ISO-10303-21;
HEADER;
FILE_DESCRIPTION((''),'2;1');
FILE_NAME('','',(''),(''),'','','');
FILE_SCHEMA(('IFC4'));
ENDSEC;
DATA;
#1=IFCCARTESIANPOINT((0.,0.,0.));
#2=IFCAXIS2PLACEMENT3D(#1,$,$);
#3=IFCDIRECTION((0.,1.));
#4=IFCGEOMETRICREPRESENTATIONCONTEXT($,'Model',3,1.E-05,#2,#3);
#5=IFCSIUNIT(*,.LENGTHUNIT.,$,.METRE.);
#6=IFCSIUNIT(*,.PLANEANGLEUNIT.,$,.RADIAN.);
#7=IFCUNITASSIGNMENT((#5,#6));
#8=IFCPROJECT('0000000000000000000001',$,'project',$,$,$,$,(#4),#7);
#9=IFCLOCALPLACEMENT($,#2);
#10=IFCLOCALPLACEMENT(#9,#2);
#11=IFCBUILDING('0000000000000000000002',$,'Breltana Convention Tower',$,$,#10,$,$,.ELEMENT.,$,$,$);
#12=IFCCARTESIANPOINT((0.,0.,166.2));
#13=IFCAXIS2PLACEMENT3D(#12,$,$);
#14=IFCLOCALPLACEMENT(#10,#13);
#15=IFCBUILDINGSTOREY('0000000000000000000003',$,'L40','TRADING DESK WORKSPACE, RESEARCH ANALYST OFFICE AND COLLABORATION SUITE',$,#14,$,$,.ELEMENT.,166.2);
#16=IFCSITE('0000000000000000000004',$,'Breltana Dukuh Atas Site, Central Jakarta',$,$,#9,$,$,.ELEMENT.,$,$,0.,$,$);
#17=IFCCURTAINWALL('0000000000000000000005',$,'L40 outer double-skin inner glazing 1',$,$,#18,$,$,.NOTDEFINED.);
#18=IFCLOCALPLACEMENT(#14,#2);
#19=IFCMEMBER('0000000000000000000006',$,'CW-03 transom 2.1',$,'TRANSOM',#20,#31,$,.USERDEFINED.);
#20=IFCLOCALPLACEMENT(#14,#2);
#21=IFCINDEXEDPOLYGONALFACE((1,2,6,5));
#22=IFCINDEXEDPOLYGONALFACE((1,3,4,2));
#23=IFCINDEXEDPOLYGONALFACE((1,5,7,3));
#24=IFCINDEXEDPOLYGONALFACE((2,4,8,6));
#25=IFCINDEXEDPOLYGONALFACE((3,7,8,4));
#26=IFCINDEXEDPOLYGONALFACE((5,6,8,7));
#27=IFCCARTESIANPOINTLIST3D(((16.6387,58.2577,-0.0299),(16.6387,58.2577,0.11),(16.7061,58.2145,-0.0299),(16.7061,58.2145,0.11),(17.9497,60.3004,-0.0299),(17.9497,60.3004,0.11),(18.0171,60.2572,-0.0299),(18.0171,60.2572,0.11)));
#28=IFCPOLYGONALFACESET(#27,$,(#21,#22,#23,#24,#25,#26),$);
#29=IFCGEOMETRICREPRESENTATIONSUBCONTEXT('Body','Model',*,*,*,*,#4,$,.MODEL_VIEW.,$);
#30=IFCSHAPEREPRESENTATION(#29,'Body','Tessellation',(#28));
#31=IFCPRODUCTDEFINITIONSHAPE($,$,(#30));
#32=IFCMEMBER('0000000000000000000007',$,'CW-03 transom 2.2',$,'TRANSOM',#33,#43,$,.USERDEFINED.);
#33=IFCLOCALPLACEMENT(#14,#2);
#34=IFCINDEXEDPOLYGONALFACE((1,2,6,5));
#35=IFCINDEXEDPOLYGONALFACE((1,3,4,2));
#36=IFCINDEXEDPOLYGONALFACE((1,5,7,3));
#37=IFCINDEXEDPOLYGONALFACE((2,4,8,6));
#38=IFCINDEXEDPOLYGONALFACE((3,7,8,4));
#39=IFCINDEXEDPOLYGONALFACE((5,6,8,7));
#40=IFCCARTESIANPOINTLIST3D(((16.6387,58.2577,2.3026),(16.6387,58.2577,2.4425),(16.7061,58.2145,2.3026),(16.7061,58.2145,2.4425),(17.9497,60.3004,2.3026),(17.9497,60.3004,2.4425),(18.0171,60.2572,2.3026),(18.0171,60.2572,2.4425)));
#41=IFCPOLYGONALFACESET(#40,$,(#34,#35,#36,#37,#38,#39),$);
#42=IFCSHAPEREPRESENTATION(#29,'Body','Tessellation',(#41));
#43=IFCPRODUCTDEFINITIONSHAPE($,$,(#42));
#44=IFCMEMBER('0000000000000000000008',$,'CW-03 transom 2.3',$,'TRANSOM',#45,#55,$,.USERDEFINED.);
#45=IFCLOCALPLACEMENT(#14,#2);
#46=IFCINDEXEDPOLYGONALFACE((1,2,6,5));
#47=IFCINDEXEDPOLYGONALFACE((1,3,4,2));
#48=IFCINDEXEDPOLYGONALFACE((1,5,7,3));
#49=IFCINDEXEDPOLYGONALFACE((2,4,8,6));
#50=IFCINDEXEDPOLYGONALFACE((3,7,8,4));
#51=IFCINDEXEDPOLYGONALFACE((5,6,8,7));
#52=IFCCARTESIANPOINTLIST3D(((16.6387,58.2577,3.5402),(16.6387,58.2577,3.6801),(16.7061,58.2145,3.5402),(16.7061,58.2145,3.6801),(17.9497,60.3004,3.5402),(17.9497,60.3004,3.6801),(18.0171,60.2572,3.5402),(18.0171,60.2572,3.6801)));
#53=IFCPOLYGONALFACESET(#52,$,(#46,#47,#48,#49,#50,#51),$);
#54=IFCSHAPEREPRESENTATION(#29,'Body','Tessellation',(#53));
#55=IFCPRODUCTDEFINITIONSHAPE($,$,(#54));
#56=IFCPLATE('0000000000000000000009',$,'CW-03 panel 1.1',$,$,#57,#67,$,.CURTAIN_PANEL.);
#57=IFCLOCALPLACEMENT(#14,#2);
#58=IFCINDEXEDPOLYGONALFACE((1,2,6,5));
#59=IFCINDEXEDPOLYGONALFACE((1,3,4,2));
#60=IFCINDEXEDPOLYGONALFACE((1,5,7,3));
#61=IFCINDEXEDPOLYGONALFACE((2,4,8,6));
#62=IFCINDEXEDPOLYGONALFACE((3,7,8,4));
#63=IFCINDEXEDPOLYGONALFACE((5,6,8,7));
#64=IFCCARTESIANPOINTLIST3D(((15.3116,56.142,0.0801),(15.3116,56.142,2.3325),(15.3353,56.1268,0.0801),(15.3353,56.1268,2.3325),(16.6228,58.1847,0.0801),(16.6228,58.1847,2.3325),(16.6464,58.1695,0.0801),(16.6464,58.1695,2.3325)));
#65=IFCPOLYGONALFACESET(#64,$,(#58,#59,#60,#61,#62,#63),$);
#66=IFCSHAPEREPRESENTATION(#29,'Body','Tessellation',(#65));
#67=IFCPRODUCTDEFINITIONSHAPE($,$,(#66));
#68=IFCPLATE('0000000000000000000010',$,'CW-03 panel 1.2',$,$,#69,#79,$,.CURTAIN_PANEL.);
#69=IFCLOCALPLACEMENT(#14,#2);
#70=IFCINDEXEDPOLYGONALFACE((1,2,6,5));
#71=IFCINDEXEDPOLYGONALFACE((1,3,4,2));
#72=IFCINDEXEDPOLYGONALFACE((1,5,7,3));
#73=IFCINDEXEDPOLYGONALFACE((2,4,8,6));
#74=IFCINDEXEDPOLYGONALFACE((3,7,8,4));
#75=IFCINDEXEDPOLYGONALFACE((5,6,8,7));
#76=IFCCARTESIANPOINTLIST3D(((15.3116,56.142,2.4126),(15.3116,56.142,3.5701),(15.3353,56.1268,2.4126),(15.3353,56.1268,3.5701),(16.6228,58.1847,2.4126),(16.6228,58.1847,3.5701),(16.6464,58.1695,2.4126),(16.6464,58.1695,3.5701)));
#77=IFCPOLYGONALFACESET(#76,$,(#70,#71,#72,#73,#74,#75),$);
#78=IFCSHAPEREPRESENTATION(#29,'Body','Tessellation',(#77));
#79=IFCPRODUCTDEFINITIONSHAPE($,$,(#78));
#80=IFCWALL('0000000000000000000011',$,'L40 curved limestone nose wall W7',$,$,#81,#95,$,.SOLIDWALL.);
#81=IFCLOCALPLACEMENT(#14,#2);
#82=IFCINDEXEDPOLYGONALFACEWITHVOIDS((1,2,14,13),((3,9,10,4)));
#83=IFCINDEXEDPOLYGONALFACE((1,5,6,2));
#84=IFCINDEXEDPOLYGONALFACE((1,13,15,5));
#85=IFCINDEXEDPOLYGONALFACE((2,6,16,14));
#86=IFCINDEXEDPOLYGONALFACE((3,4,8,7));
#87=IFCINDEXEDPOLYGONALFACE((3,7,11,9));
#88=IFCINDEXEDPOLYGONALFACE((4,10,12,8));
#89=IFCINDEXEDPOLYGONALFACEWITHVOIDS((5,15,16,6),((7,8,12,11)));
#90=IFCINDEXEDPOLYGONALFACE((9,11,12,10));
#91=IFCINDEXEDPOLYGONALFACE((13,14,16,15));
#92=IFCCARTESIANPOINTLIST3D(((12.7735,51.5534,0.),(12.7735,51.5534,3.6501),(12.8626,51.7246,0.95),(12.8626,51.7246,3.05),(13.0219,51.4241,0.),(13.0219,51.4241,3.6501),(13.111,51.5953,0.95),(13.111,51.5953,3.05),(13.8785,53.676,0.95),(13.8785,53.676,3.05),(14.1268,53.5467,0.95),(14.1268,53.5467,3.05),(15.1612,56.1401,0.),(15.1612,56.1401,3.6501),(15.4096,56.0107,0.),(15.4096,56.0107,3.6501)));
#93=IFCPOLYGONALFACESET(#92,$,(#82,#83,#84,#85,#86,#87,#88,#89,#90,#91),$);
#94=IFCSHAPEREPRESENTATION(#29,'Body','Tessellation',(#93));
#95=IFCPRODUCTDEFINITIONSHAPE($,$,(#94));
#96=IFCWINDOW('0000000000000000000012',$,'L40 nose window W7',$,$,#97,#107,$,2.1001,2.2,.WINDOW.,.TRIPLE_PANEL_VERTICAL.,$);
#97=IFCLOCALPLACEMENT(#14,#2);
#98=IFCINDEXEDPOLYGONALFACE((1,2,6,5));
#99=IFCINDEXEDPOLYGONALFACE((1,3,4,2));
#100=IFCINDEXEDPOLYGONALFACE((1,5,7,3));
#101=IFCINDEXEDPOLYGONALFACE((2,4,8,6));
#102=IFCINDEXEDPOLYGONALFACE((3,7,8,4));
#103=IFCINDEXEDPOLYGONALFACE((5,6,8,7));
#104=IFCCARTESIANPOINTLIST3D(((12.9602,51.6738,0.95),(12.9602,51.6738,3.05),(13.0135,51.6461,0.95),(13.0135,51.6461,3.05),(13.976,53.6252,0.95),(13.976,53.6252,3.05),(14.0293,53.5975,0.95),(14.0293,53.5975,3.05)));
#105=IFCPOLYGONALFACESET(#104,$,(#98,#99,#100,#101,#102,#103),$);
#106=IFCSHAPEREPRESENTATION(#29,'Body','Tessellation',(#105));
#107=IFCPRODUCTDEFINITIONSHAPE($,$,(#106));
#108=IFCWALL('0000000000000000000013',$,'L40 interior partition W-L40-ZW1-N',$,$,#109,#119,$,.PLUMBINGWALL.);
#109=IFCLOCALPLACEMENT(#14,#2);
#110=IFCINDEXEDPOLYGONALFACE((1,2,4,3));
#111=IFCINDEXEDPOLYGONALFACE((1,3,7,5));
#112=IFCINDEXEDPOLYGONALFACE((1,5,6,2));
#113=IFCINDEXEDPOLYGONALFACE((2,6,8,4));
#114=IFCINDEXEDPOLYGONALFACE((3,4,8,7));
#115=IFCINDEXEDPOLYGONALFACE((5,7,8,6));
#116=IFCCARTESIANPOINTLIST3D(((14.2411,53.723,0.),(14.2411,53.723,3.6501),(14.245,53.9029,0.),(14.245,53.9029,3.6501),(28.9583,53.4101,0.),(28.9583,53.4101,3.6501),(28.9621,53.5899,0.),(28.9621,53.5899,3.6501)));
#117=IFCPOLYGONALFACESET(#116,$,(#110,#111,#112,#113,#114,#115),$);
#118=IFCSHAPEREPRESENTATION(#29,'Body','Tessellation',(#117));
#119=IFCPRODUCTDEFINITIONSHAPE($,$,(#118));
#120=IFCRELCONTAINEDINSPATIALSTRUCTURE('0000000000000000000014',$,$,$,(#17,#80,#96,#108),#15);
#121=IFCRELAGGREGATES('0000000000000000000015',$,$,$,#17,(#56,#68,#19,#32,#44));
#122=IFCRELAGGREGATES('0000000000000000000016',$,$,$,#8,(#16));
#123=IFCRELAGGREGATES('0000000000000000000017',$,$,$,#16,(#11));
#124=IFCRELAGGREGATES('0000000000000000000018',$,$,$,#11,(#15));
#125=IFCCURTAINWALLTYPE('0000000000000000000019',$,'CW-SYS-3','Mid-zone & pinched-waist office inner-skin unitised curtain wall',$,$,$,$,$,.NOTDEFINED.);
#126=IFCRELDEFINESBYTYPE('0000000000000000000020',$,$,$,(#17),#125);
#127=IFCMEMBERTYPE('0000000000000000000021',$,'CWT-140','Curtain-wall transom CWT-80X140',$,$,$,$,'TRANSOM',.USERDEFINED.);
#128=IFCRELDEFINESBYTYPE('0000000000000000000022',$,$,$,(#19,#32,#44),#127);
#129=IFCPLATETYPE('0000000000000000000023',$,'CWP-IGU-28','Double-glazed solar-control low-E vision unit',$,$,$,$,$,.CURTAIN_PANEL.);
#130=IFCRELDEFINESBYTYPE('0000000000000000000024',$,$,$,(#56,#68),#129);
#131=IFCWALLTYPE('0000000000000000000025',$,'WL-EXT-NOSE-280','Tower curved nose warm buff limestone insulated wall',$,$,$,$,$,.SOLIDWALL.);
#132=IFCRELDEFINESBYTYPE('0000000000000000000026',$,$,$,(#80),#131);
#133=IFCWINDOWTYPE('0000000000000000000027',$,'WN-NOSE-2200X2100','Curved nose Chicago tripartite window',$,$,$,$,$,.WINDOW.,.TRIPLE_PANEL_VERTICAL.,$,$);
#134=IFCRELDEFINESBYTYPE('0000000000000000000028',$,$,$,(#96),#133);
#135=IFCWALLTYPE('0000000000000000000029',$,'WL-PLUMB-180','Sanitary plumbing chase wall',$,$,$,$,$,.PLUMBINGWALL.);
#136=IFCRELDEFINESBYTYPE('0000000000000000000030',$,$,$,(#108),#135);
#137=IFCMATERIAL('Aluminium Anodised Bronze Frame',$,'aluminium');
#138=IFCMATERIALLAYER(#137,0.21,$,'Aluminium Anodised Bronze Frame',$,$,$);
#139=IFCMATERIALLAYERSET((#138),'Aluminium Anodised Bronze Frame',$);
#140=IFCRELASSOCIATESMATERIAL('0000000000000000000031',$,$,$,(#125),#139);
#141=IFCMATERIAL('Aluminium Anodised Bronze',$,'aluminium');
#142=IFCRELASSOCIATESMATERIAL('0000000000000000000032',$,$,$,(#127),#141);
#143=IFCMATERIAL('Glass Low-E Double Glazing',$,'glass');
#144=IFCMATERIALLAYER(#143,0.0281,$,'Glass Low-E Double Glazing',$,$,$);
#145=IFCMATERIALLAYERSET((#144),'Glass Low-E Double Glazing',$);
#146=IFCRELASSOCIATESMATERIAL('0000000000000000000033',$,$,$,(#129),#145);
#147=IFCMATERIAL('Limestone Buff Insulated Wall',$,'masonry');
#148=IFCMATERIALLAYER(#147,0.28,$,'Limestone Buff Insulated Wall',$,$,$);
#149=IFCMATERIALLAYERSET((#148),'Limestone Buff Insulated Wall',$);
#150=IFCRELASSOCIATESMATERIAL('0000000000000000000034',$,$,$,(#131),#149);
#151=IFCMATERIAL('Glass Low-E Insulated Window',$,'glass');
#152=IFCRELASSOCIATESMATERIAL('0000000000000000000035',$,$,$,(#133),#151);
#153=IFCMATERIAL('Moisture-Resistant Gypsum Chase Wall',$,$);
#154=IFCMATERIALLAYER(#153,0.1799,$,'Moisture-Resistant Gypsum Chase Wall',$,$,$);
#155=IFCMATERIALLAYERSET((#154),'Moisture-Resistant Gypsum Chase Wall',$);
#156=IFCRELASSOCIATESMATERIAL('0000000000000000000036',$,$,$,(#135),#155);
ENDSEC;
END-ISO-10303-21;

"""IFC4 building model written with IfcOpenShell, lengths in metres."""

from ifc_helpers import new_model, si_unit, direction, frame, frame_2d, origin, origin_2d, place, context, subcontext, project, spatial, rectangle, extrude, source, transform, mapped, material, layer, layer_set, material_profile, profile_set, type_object, type_shapes, element, fill, aggregate, save


model = new_model("IFC4")

# Units and contexts
model_context = context("Model", 3, precision=1e-05, world=origin(), true_north=direction((0.0, 1.0)))
body_context = subcontext(model_context, "Body", "Model", "MODEL_VIEW")
ifc_project = project(units=[si_unit("LENGTHUNIT", "METRE"), si_unit("PLANEANGLEUNIT", "RADIAN")], contexts=[model_context])

# Site, building, storey
site_placement = place(None, origin())
site = spatial("IfcSite", under=ifc_project, at=site_placement, Name="Breltana Dukuh Atas Site, Central Jakarta", CompositionType="ELEMENT", RefElevation=0.0)
building_placement = place(site_placement, origin())
building = spatial("IfcBuilding", under=site, at=building_placement, Name="Breltana Convention Tower", CompositionType="ELEMENT")
storey_placement = place(building_placement, frame((0.0, 0.0, 166.2)))
storey = spatial("IfcBuildingStorey", under=building, at=storey_placement, Name="L40", Description="TRADING DESK WORKSPACE, RESEARCH ANALYST OFFICE AND COLLABORATION SUITE", CompositionType="ELEMENT", Elevation=166.2)

# Curtain wall, members, plates
ifc_material_1 = material(Name="Aluminium Anodised Bronze Frame", Category="aluminium")
ifc_layer_1 = layer(ifc_material_1, 0.21, Name="Aluminium Anodised Bronze Frame")
ifc_layer_set_1 = layer_set([ifc_layer_1], Name="Aluminium Anodised Bronze Frame")
curtain_wall_type = type_object("IfcCurtainWallType", Name="CW-SYS-3", Description="Mid-zone & pinched-waist office inner-skin unitised curtain wall", PredefinedType="NOTDEFINED", material=ifc_layer_set_1)
curtain_wall_placement = place(storey_placement, origin())
curtain_wall = element("IfcCurtainWall", 1, at=curtain_wall_placement, inside=storey, type_object=curtain_wall_type, Name="L40 outer double-skin inner glazing 1", PredefinedType="NOTDEFINED")
ifc_material_2 = material(Name="Aluminium Anodised Bronze", Category="aluminium")
ifc_material_profile_1 = material_profile(ifc_material_2, rectangle(XDim=0.0801, YDim=0.1399, at=origin_2d()), Name="CWT-80X140")
ifc_profile_set_1 = profile_set([ifc_material_profile_1], Name="Aluminium Anodised Bronze")
member_type_1 = type_object("IfcMemberType", Name="CWT-140", Description="Curtain-wall transom CWT-80X140", ElementType="TRANSOM", PredefinedType="USERDEFINED", material=ifc_profile_set_1)
shared_shape_1 = source(origin(), body_context, "Body", "SweptSolid", [
    extrude(rectangle(XDim=0.0801, YDim=0.1399, at=origin_2d()), origin(), (0.0, 0.0, 1.0), 2.4272),
])
member_1_placement = place(storey_placement, frame((16.6724, 58.2361, 0.04), z_axis=(0.540132, 0.84158, 0.0), x_axis=(-0.84158, 0.540132, 0.0)))
member_1 = element("IfcMember", 2, at=member_1_placement, type_object=member_type_1, Name="CW-03 transom 2.1", ObjectType="TRANSOM", PredefinedType="USERDEFINED", context=body_context, shape_type="MappedRepresentation", body=[
    mapped(shared_shape_1, transform((0.0, 0.0, 0.0), scale=1.0)),
])
member_2_placement = place(storey_placement, frame((16.6724, 58.2361, 2.3726), z_axis=(0.540132, 0.84158, 0.0), x_axis=(-0.84158, 0.540132, 0.0)))
member_2 = element("IfcMember", 3, at=member_2_placement, type_object=member_type_1, Name="CW-03 transom 2.2", ObjectType="TRANSOM", PredefinedType="USERDEFINED", context=body_context, shape_type="MappedRepresentation", body=[
    mapped(shared_shape_1, transform((0.0, 0.0, 0.0), scale=1.0)),
])
member_3_placement = place(storey_placement, frame((16.6724, 58.2361, 3.6101), z_axis=(0.540132, 0.84158, 0.0), x_axis=(-0.84158, 0.540132, 0.0)))
member_3 = element("IfcMember", 4, at=member_3_placement, type_object=member_type_1, Name="CW-03 transom 2.3", ObjectType="TRANSOM", PredefinedType="USERDEFINED", context=body_context, shape_type="MappedRepresentation", body=[
    mapped(shared_shape_1, transform((0.0, 0.0, 0.0), scale=1.0)),
])
ifc_material_3 = material(Name="Glass Low-E Double Glazing", Category="glass")
ifc_layer_2 = layer(ifc_material_3, 0.0281, Name="Glass Low-E Double Glazing")
ifc_layer_set_2 = layer_set([ifc_layer_2], Name="Glass Low-E Double Glazing")
plate_type = type_object("IfcPlateType", Name="CWP-IGU-28", Description="Double-glazed solar-control low-E vision unit", PredefinedType="CURTAIN_PANEL", material=ifc_layer_set_2)
shared_shape_2 = source(origin(), body_context, "Body", "SweptSolid", [
    extrude(rectangle(XDim=2.4272, YDim=0.0281, at=origin_2d()), origin(), (0.0, 0.0, 1.0), 2.2524),
])
plate_1_placement = place(storey_placement, frame((15.979, 57.1558, 0.0801), z_axis=(0.0, 0.0, 1.0), x_axis=(0.540173, 0.841554, 0.0)))
plate_1 = element("IfcPlate", 5, at=plate_1_placement, type_object=plate_type, Name="CW-03 panel 1.1", PredefinedType="CURTAIN_PANEL", context=body_context, shape_type="MappedRepresentation", body=[
    mapped(shared_shape_2, transform((0.0, 0.0, 0.0), scale=1.0)),
])
shared_shape_3 = source(origin(), body_context, "Body", "SweptSolid", [
    extrude(rectangle(XDim=2.4272, YDim=0.0281, at=origin_2d()), origin(), (0.0, 0.0, 1.0), 1.1575),
])
plate_2_placement = place(storey_placement, frame((15.979, 57.1558, 2.4126), z_axis=(0.0, 0.0, 1.0), x_axis=(0.540173, 0.841554, 0.0)))
plate_2 = element("IfcPlate", 6, at=plate_2_placement, type_object=plate_type, Name="CW-03 panel 1.2", PredefinedType="CURTAIN_PANEL", context=body_context, shape_type="MappedRepresentation", body=[
    mapped(shared_shape_3, transform((0.0, 0.0, 0.0), scale=1.0)),
])
aggregate(curtain_wall, [plate_1, plate_2, member_1, member_2, member_3])

# Wall, opening, window
ifc_material_4 = material(Name="Limestone Buff Insulated Wall", Category="masonry")
ifc_layer_3 = layer(ifc_material_4, 0.28, Name="Limestone Buff Insulated Wall")
ifc_layer_set_3 = layer_set([ifc_layer_3], Name="Limestone Buff Insulated Wall")
wall_type_1 = type_object("IfcWallType", Name="WL-EXT-NOSE-280", Description="Tower curved nose warm buff limestone insulated wall", PredefinedType="SOLIDWALL", material=ifc_layer_set_3)
shared_shape_4 = source(origin(), body_context, "Body", "SweptSolid", [
    extrude(rectangle(XDim=5.1709, YDim=0.28, at=frame_2d((2.5854, 0.0))), origin(), (0.0, 0.0, 1.0), 3.6501),
])
wall_1_placement = place(storey_placement, frame((12.8977, 51.4888, 0.0), z_axis=(0.0, 0.0, 1.0), x_axis=(0.461753, 0.887009, 0.0)))
wall_1 = element("IfcWall", 7, at=wall_1_placement, inside=storey, type_object=wall_type_1, Name="L40 curved limestone nose wall W7", PredefinedType="SOLIDWALL", context=body_context, shape_type="MappedRepresentation", body=[
    mapped(shared_shape_4, transform((0.0, 0.0, 0.0), scale=1.0)),
])
opening_placement = place(wall_1_placement, frame((0.1929, 0.0, 0.95)))
opening = element("IfcOpeningElement", 8, at=opening_placement, cuts=wall_1, PredefinedType="OPENING", context=body_context, shape_type="SweptSolid", body=[
    extrude(rectangle(XDim=2.2, YDim=2.1001, at=frame_2d((1.1001, 1.05))), frame((0.0, 0.1499, 0.0), z_axis=(0.0, -1.0, 0.0), x_axis=(1.0, 0.0, 0.0)), (0.0, 0.0, 1.0), 0.3),
])
ifc_material_5 = material(Name="Glass Low-E Insulated Window", Category="glass")
window_type = type_object("IfcWindowType", Name="WN-NOSE-2200X2100", Description="Curved nose Chicago tripartite window", PartitioningType="TRIPLE_PANEL_VERTICAL", PredefinedType="WINDOW", material=ifc_material_5)
shared_shape_5 = source(origin(), body_context, "Body", "SweptSolid", [
    extrude(rectangle(XDim=2.2, YDim=2.1001, at=frame_2d((1.1001, 1.05))), frame((0.0, 0.03, 0.0), z_axis=(0.0, -1.0, 0.0), x_axis=(1.0, 0.0, 0.0)), (0.0, 0.0, 1.0), 0.0601),
])
type_shapes(window_type, [shared_shape_5])
window_placement = place(opening_placement, origin())
window = element("IfcWindow", 9, at=window_placement, inside=storey, type_object=window_type, Name="L40 nose window W7", OverallHeight=2.1001, OverallWidth=2.2, PartitioningType="TRIPLE_PANEL_VERTICAL", PredefinedType="WINDOW", context=body_context, shape_type="MappedRepresentation", body=[
    mapped(shared_shape_5, transform((0.0, 0.0, 0.0), scale=1.0)),
])
fill(opening, window)

# Wall
ifc_material_6 = material(Name="Moisture-Resistant Gypsum Chase Wall")
ifc_layer_4 = layer(ifc_material_6, 0.1799, Name="Moisture-Resistant Gypsum Chase Wall")
ifc_layer_set_4 = layer_set([ifc_layer_4], Name="Moisture-Resistant Gypsum Chase Wall")
wall_type_2 = type_object("IfcWallType", Name="WL-PLUMB-180", Description="Sanitary plumbing chase wall", PredefinedType="PLUMBINGWALL", material=ifc_layer_set_4)
shared_shape_6 = source(origin(), body_context, "Body", "SweptSolid", [
    extrude(rectangle(XDim=14.7205, YDim=0.1799, at=frame_2d((7.3604, 0.0))), origin(), (0.0, 0.0, 1.0), 3.6501),
])
wall_2_placement = place(storey_placement, frame((14.2429, 53.813, 0.0), z_axis=(0.0, 0.0, 1.0), x_axis=(0.999774, -0.021262, 0.0)))
element("IfcWall", 10, at=wall_2_placement, inside=storey, type_object=wall_type_2, Name="L40 interior partition W-L40-ZW1-N", PredefinedType="PLUMBINGWALL", context=body_context, shape_type="MappedRepresentation", body=[
    mapped(shared_shape_6, transform((0.0, 0.0, 0.0), scale=1.0)),
])

save(model, "model.ifc")
